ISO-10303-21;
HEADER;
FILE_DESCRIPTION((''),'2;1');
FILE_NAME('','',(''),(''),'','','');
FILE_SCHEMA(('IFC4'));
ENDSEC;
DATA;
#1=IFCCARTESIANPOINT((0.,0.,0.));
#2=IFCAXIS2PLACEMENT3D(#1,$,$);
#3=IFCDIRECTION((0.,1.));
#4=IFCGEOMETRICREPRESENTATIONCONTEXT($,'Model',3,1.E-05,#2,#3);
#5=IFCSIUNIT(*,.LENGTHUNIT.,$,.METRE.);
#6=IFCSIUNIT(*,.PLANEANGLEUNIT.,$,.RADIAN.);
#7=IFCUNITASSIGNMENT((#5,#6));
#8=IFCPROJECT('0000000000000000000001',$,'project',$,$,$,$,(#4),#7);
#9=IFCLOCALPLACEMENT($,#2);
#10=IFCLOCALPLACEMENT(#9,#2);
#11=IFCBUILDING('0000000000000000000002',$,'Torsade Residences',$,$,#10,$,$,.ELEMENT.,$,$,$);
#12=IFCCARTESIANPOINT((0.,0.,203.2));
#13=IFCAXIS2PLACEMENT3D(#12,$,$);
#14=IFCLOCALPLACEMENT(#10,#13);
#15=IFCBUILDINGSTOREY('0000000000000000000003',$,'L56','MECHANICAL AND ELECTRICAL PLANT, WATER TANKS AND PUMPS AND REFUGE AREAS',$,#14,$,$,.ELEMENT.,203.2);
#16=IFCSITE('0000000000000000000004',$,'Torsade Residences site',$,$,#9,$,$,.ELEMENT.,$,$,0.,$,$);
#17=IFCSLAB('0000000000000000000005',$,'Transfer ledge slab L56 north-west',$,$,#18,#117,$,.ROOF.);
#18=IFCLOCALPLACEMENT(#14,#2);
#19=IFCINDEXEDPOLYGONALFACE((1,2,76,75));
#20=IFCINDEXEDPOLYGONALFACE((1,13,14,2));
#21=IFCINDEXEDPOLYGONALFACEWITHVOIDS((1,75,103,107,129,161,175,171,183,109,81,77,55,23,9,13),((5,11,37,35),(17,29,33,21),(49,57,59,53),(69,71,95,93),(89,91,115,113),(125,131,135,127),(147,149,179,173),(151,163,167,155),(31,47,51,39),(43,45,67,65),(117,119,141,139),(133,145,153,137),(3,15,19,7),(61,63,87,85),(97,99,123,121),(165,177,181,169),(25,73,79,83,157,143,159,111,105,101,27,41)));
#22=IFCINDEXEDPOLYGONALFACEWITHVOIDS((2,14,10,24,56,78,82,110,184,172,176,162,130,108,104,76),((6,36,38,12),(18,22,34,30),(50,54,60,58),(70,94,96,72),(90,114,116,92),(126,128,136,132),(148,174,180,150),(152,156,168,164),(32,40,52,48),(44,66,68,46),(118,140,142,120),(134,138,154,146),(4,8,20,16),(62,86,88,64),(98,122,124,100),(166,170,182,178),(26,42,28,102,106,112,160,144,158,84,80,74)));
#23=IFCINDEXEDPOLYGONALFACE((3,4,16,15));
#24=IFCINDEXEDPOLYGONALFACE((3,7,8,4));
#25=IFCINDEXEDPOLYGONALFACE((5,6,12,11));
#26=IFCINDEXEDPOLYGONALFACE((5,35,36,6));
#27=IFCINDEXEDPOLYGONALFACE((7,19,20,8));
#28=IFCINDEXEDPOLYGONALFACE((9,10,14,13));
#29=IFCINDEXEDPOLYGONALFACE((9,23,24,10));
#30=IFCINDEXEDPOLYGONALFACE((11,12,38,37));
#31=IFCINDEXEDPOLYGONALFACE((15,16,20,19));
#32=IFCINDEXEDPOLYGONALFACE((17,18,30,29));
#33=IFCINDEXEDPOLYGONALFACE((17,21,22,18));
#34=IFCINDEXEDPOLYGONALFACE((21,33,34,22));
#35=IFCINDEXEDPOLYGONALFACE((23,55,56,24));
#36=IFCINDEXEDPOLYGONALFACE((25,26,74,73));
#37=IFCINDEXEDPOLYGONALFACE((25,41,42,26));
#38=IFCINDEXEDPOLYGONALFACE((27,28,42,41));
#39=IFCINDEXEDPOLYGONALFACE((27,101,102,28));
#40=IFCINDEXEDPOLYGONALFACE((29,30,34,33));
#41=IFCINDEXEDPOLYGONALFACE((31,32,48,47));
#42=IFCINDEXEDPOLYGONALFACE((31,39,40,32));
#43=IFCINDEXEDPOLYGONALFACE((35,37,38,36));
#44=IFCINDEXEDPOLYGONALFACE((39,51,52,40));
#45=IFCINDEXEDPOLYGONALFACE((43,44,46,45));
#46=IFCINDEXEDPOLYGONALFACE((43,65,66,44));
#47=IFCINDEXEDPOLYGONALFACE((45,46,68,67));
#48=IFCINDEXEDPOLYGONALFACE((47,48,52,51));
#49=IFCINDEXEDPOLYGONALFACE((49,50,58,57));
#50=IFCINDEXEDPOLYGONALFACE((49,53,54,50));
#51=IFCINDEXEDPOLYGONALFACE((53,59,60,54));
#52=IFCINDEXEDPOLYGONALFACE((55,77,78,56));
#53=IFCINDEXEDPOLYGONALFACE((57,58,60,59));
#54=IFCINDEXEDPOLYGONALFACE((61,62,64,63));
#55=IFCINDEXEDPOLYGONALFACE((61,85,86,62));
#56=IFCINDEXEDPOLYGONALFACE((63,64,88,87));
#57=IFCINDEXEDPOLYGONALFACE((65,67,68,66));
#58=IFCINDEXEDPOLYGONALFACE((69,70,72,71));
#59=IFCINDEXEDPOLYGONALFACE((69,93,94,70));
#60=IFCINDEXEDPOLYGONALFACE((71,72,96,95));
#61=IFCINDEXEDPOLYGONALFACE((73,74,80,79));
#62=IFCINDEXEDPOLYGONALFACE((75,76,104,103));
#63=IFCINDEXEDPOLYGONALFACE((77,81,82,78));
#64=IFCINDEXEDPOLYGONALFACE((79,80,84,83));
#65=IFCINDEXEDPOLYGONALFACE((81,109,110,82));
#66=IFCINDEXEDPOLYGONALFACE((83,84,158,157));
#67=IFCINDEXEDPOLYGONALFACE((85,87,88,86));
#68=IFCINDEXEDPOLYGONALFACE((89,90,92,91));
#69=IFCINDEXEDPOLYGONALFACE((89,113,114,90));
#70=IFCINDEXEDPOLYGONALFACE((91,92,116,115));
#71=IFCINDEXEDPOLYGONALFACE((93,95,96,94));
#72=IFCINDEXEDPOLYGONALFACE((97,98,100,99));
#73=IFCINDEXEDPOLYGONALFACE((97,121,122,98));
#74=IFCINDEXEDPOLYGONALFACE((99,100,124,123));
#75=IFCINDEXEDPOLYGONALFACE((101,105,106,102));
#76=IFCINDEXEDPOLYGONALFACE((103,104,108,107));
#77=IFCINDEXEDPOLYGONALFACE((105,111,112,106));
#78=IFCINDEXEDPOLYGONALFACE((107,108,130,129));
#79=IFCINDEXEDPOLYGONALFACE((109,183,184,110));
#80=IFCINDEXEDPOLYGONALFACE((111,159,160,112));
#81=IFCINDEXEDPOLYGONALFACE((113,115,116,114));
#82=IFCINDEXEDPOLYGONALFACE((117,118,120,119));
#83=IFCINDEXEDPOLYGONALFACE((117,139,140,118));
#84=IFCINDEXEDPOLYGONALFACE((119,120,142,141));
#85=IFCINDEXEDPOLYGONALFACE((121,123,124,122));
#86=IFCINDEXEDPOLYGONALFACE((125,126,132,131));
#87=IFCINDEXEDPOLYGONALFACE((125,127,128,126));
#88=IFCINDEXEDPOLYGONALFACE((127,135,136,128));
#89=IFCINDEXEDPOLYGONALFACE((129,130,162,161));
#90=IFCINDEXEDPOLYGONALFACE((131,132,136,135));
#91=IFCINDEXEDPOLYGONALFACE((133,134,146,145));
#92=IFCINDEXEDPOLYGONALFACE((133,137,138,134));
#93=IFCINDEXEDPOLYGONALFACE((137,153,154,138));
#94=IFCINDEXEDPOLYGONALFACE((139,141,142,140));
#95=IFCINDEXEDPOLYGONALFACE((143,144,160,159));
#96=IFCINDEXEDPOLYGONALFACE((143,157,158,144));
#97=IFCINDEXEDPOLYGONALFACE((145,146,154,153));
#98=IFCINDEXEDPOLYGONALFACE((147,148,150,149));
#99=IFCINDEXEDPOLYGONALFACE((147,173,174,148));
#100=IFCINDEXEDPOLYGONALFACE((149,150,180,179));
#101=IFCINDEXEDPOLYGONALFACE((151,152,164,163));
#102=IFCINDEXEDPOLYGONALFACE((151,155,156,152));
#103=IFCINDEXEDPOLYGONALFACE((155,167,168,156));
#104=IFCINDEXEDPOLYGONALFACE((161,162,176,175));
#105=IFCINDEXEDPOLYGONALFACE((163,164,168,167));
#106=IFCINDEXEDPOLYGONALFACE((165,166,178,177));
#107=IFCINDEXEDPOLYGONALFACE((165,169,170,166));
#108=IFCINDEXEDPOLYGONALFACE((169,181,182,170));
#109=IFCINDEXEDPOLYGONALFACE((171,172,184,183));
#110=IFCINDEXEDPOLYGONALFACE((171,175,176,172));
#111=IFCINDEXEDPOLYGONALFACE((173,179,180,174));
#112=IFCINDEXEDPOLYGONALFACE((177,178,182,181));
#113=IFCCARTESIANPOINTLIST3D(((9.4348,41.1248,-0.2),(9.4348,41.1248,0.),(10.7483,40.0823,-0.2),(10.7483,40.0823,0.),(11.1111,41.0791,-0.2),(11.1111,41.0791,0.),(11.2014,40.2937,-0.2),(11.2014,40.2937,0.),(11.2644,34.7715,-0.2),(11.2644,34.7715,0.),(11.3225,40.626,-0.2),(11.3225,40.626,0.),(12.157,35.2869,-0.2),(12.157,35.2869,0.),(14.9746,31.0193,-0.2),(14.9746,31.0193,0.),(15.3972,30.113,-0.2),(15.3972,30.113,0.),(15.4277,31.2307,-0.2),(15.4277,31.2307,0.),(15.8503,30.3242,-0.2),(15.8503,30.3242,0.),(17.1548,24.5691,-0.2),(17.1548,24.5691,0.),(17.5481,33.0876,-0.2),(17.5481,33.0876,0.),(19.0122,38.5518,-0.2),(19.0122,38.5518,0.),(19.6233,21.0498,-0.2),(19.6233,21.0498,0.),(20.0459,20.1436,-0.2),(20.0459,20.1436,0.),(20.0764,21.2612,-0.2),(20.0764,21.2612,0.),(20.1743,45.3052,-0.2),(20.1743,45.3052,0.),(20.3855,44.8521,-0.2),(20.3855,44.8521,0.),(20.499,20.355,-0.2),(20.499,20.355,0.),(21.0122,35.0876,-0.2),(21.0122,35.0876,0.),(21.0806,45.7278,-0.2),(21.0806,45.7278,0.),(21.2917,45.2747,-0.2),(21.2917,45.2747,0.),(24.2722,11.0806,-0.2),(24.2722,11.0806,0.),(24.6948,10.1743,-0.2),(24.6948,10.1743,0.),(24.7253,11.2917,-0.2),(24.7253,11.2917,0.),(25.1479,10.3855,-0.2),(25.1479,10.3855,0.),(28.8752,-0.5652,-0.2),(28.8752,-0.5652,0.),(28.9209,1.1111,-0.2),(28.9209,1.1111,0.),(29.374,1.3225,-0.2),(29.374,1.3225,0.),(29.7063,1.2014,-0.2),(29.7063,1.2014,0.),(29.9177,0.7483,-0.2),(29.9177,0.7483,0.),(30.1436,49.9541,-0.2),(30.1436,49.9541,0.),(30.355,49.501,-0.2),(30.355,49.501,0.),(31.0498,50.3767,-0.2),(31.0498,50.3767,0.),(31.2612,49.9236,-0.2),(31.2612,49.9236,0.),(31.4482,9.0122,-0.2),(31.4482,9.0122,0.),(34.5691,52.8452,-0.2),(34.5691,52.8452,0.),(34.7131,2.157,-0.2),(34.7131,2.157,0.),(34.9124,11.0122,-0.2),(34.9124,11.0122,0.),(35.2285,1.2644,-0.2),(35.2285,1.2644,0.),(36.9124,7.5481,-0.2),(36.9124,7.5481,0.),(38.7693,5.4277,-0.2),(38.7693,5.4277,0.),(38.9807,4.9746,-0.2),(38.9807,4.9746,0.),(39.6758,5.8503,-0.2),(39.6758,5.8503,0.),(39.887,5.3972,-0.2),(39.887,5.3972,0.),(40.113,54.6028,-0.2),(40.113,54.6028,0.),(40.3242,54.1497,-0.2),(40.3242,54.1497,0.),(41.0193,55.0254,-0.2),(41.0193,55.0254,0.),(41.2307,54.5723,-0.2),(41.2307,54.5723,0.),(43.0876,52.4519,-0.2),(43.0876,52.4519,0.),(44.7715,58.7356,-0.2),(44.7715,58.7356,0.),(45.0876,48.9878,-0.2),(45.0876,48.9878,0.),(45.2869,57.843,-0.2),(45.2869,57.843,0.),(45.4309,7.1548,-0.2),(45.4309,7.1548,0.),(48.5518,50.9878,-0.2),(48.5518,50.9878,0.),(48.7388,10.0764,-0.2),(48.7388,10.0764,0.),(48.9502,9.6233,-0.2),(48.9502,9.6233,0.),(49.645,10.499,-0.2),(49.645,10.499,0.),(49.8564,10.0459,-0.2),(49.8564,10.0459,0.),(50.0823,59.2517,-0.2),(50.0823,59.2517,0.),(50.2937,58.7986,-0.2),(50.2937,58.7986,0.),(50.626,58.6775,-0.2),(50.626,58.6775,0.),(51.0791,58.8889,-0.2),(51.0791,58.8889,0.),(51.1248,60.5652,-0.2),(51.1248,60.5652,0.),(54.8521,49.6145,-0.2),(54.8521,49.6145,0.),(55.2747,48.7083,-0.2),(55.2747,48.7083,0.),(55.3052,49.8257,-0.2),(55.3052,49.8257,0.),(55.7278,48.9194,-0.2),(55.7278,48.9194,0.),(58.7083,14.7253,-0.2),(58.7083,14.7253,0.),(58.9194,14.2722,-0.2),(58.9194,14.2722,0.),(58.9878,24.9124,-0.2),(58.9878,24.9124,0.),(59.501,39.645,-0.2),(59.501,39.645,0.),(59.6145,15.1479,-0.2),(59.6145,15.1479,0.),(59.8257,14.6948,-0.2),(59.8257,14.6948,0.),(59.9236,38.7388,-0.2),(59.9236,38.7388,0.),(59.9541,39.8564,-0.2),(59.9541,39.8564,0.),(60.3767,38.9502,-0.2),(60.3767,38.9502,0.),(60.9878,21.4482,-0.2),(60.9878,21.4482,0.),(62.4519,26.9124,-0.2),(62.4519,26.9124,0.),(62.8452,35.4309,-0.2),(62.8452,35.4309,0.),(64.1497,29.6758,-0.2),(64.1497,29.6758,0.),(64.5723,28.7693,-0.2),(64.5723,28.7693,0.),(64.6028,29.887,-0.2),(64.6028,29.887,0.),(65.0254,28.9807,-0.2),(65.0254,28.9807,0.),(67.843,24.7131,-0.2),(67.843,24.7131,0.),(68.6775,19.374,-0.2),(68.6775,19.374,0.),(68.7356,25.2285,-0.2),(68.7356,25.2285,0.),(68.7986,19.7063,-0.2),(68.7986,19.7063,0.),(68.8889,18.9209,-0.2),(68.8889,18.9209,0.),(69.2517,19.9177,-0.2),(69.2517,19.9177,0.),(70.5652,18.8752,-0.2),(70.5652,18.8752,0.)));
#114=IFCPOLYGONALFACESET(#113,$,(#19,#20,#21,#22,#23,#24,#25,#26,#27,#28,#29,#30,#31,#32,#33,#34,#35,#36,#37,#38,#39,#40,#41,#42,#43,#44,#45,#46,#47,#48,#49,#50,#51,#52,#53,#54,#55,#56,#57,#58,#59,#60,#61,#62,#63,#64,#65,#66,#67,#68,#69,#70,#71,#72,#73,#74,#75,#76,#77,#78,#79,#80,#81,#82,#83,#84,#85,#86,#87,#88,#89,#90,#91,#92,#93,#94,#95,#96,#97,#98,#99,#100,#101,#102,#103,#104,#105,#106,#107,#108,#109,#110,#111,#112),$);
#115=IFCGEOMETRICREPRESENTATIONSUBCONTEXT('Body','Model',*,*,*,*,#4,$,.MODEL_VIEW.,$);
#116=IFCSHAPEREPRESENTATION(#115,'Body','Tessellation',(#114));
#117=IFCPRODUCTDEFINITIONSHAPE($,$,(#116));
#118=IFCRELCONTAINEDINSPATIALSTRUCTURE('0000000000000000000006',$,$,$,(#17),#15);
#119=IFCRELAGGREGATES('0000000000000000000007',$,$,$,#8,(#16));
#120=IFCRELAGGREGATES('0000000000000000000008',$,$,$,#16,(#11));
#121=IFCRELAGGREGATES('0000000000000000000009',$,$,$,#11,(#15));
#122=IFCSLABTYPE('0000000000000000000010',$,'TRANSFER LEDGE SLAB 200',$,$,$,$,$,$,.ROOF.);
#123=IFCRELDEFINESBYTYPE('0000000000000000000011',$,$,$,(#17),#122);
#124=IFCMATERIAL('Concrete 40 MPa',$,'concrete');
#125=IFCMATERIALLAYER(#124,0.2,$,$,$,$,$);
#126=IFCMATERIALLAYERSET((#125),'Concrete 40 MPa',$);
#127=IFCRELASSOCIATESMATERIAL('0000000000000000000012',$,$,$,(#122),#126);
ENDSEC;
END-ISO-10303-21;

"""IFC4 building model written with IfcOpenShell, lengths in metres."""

from ifc_helpers import new_model, si_unit, direction, frame, origin, place, context, subcontext, project, spatial, polyline, outline, extrude, material, layer, layer_set, type_object, element, save


model = new_model("IFC4")

# Units and contexts
model_context = context("Model", 3, precision=1e-05, world=origin(), true_north=direction((0.0, 1.0)))
body_context = subcontext(model_context, "Body", "Model", "MODEL_VIEW")
ifc_project = project(units=[si_unit("LENGTHUNIT", "METRE"), si_unit("PLANEANGLEUNIT", "RADIAN")], contexts=[model_context])

# Site, building, storey
site_placement = place(None, origin())
site = spatial("IfcSite", under=ifc_project, at=site_placement, Name="Torsade Residences site", CompositionType="ELEMENT", RefElevation=0.0)
building_placement = place(site_placement, origin())
building = spatial("IfcBuilding", under=site, at=building_placement, Name="Torsade Residences", CompositionType="ELEMENT")
storey_placement = place(building_placement, frame((0.0, 0.0, 203.2)))
storey = spatial("IfcBuildingStorey", under=building, at=storey_placement, Name="L56", Description="MECHANICAL AND ELECTRICAL PLANT, WATER TANKS AND PUMPS AND REFUGE AREAS", CompositionType="ELEMENT", Elevation=203.2)

# Slab
ifc_material_1 = material(Name="Concrete 40 MPa", Category="concrete")
ifc_layer_1 = layer(ifc_material_1, 0.2)
ifc_layer_set_1 = layer_set([ifc_layer_1], Name="Concrete 40 MPa")
slab_type_1 = type_object("IfcSlabType", Name="TRANSFER LEDGE SLAB 200", PredefinedType="ROOF", material=ifc_layer_set_1)
slab_1_placement = place(storey_placement, frame((0.0, 0.0, -0.2)))
element("IfcSlab", 1, at=slab_1_placement, inside=storey, type_object=slab_type_1, Name="Transfer ledge slab L56 north-west", PredefinedType="ROOF", context=body_context, shape_type="SweptSolid", body=[
    extrude(outline(polyline([(17.1548, 24.5691), (28.8752, -0.5652), (34.7131, 2.157), (35.2285, 1.2644), (45.4309, 7.1548), (70.5652, 18.8752), (67.843, 24.7131), (68.7356, 25.2285), (62.8452, 35.4309), (51.1248, 60.5652), (45.2869, 57.843), (44.7715, 58.7356), (34.5691, 52.8452), (9.4348, 41.1248), (12.157, 35.2869), (11.2644, 34.7715), (17.1548, 24.5691)]), holes=[polyline([(68.7986, 19.7063), (69.2517, 19.9177), (65.0254, 28.9807), (64.5723, 28.7693), (68.7986, 19.7063)]), polyline([(59.6145, 15.1479), (59.8257, 14.6948), (68.8889, 18.9209), (68.6775, 19.374), (59.6145, 15.1479)]), polyline([(64.1497, 29.6758), (64.6028, 29.887), (60.3767, 38.9502), (59.9236, 38.7388), (64.1497, 29.6758)]), polyline([(58.9878, 24.9124), (62.4519, 26.9124), (48.5518, 50.9878), (45.0876, 48.9878), (43.0876, 52.4519), (19.0122, 38.5518), (21.0122, 35.0876), (17.5481, 33.0876), (31.4482, 9.0122), (34.9124, 11.0122), (36.9124, 7.5481), (60.9878, 21.4482), (58.9878, 24.9124)]), polyline([(59.501, 39.645), (59.9541, 39.8564), (55.7278, 48.9194), (55.2747, 48.7083), (59.501, 39.645)]), polyline([(49.645, 10.499), (49.8564, 10.0459), (58.9194, 14.2722), (58.7083, 14.7253), (49.645, 10.499)]), polyline([(54.8521, 49.6145), (55.3052, 49.8257), (51.0791, 58.8889), (50.626, 58.6775), (54.8521, 49.6145)]), polyline([(50.2937, 58.7986), (50.0823, 59.2517), (41.0193, 55.0254), (41.2307, 54.5723), (50.2937, 58.7986)]), polyline([(39.6758, 5.8503), (39.887, 5.3972), (48.9502, 9.6233), (48.7388, 10.0764), (39.6758, 5.8503)]), polyline([(40.3242, 54.1497), (40.113, 54.6028), (31.0498, 50.3767), (31.2612, 49.9236), (40.3242, 54.1497)]), polyline([(29.7063, 1.2014), (29.9177, 0.7483), (38.9807, 4.9746), (38.7693, 5.4277), (29.7063, 1.2014)]), polyline([(30.355, 49.501), (30.1436, 49.9541), (21.0806, 45.7278), (21.2917, 45.2747), (30.355, 49.501)]), polyline([(25.1479, 10.3855), (24.6948, 10.1743), (28.9209, 1.1111), (29.374, 1.3225), (25.1479, 10.3855)]), polyline([(20.499, 20.355), (20.0459, 20.1436), (24.2722, 11.0806), (24.7253, 11.2917), (20.499, 20.355)]), polyline([(20.3855, 44.8521), (20.1743, 45.3052), (11.1111, 41.0791), (11.3225, 40.626), (20.3855, 44.8521)]), polyline([(15.8503, 30.3242), (15.3972, 30.113), (19.6233, 21.0498), (20.0764, 21.2612), (15.8503, 30.3242)]), polyline([(11.2014, 40.2937), (10.7483, 40.0823), (14.9746, 31.0193), (15.4277, 31.2307), (11.2014, 40.2937)])]), origin(), (0.0, 0.0, 1.0), 0.2),
])

save(model, "model.ifc")
